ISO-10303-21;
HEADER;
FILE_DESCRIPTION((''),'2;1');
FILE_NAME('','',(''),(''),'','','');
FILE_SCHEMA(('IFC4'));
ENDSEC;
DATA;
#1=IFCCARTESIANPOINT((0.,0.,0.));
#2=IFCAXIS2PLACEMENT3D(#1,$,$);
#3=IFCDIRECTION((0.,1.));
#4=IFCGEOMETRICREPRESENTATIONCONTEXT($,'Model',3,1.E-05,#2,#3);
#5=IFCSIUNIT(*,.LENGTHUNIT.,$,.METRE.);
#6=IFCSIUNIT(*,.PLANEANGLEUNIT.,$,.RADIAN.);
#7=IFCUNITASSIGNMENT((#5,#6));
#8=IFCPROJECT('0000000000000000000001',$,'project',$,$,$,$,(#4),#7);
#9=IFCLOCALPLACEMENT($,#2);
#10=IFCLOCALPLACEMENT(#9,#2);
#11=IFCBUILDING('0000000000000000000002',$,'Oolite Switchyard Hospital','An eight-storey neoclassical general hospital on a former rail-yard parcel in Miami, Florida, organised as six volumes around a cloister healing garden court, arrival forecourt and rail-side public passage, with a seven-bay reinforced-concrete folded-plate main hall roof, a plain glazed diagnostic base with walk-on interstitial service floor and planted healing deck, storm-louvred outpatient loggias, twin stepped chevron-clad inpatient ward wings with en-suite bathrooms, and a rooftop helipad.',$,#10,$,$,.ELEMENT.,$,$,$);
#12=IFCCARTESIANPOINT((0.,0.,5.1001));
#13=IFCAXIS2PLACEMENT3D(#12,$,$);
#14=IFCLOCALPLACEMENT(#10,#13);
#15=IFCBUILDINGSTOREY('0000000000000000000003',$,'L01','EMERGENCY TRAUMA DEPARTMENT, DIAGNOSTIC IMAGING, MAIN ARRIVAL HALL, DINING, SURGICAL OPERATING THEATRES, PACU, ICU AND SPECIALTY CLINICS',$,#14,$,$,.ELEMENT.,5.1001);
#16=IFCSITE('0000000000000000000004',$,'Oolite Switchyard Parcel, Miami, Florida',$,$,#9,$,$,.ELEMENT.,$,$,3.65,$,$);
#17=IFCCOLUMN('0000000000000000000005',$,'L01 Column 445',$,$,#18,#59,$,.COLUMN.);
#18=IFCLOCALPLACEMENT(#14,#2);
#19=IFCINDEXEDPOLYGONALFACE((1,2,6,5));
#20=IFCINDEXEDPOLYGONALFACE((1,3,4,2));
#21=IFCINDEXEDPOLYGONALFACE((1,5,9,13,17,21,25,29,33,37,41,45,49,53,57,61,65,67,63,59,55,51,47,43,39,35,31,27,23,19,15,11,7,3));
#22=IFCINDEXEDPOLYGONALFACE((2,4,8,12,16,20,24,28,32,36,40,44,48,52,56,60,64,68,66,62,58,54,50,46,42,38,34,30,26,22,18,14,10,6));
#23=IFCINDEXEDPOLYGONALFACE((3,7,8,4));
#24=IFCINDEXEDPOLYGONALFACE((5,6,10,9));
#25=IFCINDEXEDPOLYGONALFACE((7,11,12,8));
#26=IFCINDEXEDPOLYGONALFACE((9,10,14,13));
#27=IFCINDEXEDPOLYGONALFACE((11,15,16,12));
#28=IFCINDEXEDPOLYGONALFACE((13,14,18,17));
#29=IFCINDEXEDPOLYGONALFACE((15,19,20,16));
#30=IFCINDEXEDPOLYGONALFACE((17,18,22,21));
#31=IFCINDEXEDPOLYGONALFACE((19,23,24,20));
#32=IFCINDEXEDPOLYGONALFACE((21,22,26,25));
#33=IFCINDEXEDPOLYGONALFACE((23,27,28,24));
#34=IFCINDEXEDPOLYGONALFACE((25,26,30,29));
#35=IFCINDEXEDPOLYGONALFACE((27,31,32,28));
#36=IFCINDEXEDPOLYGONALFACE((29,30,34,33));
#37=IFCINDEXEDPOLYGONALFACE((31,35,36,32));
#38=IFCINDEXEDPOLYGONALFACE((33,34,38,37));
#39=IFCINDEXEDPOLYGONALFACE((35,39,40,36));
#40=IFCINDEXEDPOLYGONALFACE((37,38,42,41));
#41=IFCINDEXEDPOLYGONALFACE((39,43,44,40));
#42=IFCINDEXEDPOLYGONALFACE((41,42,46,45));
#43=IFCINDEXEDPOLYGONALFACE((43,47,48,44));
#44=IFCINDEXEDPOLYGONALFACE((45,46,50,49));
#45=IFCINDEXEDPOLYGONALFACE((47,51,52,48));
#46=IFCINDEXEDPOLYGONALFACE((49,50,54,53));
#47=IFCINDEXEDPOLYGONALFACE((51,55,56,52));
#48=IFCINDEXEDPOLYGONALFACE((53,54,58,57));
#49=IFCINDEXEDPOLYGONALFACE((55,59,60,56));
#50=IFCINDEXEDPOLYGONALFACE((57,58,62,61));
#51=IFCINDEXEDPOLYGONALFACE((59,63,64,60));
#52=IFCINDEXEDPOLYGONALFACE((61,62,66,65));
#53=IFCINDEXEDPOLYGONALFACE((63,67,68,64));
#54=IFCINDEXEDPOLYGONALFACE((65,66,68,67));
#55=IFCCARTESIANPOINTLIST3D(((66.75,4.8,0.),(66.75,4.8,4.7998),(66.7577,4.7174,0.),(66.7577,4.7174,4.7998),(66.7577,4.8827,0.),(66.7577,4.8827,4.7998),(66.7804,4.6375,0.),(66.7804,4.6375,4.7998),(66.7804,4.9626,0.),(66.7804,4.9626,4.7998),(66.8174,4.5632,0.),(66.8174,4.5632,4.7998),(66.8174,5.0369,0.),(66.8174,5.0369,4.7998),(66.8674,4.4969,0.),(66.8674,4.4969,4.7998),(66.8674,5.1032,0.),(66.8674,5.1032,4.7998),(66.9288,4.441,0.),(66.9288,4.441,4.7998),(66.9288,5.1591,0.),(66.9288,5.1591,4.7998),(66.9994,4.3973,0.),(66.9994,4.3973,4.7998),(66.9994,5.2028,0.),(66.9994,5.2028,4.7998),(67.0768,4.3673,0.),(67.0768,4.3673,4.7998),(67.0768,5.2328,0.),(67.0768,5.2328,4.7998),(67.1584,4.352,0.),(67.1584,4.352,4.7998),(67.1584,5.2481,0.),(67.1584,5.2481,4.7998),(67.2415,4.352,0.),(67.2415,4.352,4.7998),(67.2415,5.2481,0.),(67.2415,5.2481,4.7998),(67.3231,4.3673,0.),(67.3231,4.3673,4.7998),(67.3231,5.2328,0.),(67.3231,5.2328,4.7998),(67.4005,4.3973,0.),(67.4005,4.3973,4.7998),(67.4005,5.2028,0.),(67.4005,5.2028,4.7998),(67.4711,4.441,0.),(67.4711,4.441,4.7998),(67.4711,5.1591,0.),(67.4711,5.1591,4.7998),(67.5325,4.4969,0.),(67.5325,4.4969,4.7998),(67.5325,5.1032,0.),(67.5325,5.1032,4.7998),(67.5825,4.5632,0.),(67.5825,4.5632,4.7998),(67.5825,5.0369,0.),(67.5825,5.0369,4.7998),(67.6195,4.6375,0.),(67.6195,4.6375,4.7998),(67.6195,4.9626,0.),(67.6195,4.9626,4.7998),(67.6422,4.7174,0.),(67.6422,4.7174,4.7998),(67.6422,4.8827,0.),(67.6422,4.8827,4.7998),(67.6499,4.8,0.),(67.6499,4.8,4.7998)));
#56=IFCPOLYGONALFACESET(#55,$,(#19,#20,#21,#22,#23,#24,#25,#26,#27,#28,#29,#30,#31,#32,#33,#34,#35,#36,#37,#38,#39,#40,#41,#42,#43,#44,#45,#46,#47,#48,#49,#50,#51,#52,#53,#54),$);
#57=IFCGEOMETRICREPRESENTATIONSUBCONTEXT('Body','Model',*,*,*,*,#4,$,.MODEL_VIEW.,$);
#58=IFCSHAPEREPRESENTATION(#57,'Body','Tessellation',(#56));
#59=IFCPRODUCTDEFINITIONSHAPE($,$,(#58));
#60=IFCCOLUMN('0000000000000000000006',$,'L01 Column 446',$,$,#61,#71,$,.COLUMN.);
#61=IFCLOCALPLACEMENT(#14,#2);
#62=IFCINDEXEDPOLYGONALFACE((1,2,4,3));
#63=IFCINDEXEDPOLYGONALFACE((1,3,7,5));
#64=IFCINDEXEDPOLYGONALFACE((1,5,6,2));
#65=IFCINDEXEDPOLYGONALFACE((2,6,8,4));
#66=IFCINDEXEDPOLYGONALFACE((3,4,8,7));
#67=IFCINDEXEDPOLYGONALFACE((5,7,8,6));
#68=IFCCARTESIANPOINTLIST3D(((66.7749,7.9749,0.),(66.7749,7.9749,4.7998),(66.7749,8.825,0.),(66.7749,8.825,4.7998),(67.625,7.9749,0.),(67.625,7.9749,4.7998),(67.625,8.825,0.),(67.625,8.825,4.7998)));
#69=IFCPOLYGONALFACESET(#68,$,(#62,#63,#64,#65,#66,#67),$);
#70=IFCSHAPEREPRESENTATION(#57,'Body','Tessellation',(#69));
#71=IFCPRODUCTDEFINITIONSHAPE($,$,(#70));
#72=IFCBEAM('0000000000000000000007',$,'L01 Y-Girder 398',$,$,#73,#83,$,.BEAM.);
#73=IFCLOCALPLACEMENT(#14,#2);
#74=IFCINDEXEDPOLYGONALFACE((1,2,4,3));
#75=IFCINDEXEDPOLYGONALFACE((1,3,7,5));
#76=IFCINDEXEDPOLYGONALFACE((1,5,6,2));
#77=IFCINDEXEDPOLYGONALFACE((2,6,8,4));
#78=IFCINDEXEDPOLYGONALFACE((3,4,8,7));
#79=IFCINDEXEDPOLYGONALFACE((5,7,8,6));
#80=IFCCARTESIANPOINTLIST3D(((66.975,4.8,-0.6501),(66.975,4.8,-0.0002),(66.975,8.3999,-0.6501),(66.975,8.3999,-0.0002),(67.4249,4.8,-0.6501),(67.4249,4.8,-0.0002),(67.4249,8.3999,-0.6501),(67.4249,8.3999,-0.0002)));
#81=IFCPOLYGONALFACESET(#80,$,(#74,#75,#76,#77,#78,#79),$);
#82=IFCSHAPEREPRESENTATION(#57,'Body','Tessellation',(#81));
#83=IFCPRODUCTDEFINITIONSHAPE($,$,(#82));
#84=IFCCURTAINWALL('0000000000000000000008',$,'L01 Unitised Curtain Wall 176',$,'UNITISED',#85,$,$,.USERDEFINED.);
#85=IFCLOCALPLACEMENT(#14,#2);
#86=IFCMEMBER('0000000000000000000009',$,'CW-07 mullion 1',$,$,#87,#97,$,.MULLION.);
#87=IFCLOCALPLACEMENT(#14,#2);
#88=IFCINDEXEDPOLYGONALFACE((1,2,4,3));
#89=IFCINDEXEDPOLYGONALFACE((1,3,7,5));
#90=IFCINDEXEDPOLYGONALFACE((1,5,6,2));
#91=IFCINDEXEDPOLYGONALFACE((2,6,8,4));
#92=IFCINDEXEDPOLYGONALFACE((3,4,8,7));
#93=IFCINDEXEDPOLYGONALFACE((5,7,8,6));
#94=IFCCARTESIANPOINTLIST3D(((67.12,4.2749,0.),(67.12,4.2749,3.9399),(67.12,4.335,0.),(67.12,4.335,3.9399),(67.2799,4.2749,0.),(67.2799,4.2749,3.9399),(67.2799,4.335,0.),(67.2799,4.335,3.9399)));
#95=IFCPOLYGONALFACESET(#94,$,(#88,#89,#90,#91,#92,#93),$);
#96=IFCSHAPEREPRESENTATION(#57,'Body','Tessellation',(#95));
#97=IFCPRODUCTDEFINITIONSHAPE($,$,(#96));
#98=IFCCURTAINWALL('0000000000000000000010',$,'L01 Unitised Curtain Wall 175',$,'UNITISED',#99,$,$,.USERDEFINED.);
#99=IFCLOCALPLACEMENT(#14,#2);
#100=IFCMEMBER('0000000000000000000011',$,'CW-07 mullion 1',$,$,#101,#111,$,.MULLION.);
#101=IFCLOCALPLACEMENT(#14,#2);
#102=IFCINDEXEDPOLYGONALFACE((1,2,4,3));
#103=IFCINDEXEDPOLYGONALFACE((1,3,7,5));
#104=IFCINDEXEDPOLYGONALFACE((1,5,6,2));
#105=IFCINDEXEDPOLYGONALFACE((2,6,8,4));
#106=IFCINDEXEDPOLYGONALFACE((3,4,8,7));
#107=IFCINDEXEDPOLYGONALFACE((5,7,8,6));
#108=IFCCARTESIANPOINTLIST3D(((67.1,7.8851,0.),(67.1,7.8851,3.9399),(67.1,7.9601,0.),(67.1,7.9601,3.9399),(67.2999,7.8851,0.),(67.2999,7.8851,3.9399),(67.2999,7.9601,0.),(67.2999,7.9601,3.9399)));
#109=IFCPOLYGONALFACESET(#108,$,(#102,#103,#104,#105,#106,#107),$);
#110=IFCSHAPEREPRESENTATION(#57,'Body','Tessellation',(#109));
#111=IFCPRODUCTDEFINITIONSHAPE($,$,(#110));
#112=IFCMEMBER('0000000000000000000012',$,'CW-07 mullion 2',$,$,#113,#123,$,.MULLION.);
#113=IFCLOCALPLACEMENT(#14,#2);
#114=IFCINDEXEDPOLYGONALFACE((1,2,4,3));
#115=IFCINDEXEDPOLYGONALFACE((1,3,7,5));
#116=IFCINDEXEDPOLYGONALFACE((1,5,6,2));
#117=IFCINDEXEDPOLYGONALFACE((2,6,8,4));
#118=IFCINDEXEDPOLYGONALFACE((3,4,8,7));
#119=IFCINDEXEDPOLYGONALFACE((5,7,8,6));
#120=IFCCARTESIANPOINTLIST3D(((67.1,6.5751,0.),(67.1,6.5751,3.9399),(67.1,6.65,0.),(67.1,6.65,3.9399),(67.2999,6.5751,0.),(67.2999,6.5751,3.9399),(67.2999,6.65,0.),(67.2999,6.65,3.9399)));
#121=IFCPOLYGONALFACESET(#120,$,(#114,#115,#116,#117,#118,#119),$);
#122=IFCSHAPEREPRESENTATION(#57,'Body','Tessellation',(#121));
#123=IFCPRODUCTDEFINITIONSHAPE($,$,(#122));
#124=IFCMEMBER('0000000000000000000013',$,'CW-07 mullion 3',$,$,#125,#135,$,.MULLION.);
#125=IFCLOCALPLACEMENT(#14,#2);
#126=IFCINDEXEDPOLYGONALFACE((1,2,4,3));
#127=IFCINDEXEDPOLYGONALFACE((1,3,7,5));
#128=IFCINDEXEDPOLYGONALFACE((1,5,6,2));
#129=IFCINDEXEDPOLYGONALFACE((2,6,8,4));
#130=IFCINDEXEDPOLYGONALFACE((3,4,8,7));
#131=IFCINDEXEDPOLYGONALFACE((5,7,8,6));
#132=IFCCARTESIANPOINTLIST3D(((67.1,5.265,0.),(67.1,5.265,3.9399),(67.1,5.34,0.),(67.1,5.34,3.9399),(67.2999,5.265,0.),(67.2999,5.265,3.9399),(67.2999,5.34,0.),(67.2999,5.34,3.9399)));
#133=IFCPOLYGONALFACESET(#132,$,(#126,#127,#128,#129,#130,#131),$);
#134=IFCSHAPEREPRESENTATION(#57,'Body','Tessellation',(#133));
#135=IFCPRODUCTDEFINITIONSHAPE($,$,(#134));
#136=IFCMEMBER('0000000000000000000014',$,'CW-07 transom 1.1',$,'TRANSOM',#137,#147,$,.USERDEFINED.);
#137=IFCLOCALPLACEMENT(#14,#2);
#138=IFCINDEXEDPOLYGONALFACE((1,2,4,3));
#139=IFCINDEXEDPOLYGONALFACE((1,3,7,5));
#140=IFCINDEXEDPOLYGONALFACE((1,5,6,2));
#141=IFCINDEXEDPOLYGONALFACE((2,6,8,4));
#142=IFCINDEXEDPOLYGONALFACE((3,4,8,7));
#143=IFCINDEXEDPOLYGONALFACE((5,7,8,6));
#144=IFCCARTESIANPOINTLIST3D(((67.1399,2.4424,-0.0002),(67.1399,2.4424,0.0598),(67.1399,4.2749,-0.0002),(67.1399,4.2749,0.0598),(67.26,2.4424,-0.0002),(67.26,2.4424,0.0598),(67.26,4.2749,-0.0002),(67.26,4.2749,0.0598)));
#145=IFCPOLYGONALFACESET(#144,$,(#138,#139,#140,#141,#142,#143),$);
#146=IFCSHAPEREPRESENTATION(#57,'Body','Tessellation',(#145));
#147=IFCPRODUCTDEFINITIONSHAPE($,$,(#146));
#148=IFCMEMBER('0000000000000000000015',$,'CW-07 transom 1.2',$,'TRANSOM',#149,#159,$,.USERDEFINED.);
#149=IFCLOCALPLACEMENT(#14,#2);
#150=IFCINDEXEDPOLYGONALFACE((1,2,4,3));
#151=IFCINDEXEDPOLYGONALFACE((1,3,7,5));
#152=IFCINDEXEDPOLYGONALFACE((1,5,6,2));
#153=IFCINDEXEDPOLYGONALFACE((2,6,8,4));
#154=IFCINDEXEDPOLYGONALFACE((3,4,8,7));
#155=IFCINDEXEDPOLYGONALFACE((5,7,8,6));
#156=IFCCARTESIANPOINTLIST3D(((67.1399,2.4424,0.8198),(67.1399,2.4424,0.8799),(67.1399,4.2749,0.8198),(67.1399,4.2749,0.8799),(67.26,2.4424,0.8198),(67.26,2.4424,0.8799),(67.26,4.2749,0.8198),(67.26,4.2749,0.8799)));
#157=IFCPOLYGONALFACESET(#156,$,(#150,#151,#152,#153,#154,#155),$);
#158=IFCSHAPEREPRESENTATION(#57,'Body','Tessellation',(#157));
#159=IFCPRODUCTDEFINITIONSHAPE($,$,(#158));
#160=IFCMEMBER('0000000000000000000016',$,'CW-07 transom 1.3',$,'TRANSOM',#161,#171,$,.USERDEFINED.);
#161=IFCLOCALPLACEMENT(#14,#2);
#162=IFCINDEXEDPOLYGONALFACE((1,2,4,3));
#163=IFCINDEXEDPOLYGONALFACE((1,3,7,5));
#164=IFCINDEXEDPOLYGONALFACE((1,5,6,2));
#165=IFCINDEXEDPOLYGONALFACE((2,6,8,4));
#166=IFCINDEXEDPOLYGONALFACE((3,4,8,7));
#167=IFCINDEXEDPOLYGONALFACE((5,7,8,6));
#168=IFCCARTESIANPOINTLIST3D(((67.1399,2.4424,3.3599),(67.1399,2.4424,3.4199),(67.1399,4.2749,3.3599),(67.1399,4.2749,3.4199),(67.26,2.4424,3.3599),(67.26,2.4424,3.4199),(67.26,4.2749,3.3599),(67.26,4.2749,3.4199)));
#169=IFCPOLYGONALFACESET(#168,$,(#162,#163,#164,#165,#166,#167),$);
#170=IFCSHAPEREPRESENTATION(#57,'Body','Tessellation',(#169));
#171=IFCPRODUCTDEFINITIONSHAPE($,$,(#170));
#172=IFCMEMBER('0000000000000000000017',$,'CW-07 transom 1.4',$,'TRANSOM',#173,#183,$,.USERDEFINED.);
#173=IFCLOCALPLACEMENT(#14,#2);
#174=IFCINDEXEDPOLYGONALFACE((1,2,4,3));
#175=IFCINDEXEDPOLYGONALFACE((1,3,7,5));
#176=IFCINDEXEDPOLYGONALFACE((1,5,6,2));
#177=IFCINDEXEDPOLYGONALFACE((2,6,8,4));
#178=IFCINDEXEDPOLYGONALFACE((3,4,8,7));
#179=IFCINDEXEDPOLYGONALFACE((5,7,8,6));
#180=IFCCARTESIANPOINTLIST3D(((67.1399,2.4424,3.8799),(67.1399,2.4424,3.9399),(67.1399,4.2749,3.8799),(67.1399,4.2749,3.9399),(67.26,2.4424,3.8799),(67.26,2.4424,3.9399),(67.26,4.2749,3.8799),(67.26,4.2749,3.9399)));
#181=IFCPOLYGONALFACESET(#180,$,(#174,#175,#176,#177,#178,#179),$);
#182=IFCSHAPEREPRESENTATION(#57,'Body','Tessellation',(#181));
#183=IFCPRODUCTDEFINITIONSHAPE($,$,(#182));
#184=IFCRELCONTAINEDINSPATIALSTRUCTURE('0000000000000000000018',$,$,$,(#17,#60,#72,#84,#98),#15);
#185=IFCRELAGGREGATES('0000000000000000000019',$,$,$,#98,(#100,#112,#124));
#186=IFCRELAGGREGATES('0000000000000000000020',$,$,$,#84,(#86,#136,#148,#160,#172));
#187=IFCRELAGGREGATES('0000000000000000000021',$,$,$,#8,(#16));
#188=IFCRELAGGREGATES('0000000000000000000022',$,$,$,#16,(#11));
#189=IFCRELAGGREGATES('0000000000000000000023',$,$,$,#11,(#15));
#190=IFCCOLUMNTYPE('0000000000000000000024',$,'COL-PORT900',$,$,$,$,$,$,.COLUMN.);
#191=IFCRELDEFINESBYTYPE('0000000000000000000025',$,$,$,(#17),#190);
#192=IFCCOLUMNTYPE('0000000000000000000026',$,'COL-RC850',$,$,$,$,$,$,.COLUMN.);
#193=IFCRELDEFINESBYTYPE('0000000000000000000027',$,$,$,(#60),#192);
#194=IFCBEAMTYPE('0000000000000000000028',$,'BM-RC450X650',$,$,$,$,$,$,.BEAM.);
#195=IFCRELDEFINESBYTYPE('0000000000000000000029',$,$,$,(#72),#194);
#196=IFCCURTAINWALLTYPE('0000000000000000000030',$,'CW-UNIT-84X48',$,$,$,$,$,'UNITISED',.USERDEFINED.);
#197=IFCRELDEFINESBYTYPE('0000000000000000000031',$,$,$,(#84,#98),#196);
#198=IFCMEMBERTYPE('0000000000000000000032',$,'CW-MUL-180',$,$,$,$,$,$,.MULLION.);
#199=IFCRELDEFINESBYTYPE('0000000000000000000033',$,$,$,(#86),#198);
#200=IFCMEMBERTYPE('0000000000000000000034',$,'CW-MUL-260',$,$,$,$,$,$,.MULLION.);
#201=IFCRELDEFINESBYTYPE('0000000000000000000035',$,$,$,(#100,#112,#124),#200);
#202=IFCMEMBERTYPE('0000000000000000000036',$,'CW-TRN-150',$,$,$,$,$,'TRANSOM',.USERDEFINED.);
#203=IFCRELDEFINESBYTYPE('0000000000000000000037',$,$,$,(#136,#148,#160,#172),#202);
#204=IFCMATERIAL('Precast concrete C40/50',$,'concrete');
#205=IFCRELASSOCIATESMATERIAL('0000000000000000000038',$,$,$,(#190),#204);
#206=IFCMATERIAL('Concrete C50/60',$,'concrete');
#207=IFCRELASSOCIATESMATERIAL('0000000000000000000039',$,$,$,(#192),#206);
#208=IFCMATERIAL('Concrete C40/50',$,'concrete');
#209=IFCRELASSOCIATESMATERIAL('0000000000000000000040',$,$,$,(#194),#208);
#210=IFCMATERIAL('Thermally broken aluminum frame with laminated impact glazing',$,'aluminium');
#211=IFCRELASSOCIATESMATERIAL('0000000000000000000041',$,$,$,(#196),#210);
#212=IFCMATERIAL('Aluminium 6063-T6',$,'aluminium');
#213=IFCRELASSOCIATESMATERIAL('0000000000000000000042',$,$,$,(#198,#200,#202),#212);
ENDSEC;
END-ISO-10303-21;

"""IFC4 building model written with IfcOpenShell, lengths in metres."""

from ifc_helpers import new_model, si_unit, direction, frame, origin, origin_2d, place, context, subcontext, project, spatial, rectangle, circle, extrude, material, material_profile, profile_set, type_object, element, aggregate, save


model = new_model("IFC4")

# Units and contexts
model_context = context("Model", 3, precision=1e-05, world=origin(), true_north=direction((0.0, 1.0)))
body_context = subcontext(model_context, "Body", "Model", "MODEL_VIEW")
ifc_project = project(units=[si_unit("LENGTHUNIT", "METRE"), si_unit("PLANEANGLEUNIT", "RADIAN")], contexts=[model_context])

# Site, building, storey
site_placement = place(None, origin())
site = spatial("IfcSite", under=ifc_project, at=site_placement, Name="Oolite Switchyard Parcel, Miami, Florida", CompositionType="ELEMENT", RefElevation=3.65)
building_placement = place(site_placement, origin())
building = spatial("IfcBuilding", under=site, at=building_placement, Name="Oolite Switchyard Hospital", Description="An eight-storey neoclassical general hospital on a former rail-yard parcel in Miami, Florida, organised as six volumes around a cloister healing garden court, arrival forecourt and rail-side public passage, with a seven-bay reinforced-concrete folded-plate main hall roof, a plain glazed diagnostic base with walk-on interstitial service floor and planted healing deck, storm-louvred outpatient loggias, twin stepped chevron-clad inpatient ward wings with en-suite bathrooms, and a rooftop helipad.", CompositionType="ELEMENT")
storey_placement = place(building_placement, frame((0.0, 0.0, 5.1001)))
storey = spatial("IfcBuildingStorey", under=building, at=storey_placement, Name="L01", Description="EMERGENCY TRAUMA DEPARTMENT, DIAGNOSTIC IMAGING, MAIN ARRIVAL HALL, DINING, SURGICAL OPERATING THEATRES, PACU, ICU AND SPECIALTY CLINICS", CompositionType="ELEMENT", Elevation=5.1001)

# Columns
ifc_material_1 = material(Name="Precast concrete C40/50", Category="concrete")
ifc_material_profile_1 = material_profile(ifc_material_1, circle(Radius=0.45, at=origin_2d()), Name="RCCOL900")
ifc_profile_set_1 = profile_set([ifc_material_profile_1], Name="Precast concrete C40/50")
column_type_1 = type_object("IfcColumnType", Name="COL-PORT900", PredefinedType="COLUMN", material=ifc_profile_set_1)
column_1_placement = place(storey_placement, frame((67.2, 4.8, 0.0), z_axis=(0.0, 0.0, 1.0), x_axis=(1.0, 0.0, 0.0)))
element("IfcColumn", 1, at=column_1_placement, inside=storey, type_object=column_type_1, Name="L01 Column 445", PredefinedType="COLUMN", context=body_context, shape_type="SweptSolid", body=[
    extrude(circle(Radius=0.45, at=origin_2d()), origin(), (0.0, 0.0, 1.0), 4.7998),
])
ifc_material_2 = material(Name="Concrete C50/60", Category="concrete")
ifc_material_profile_2 = material_profile(ifc_material_2, rectangle(XDim=0.8501, YDim=0.8501, at=origin_2d()), Name="RC850X850")
ifc_profile_set_2 = profile_set([ifc_material_profile_2], Name="Concrete C50/60")
column_type_2 = type_object("IfcColumnType", Name="COL-RC850", PredefinedType="COLUMN", material=ifc_profile_set_2)
column_2_placement = place(storey_placement, frame((67.2, 8.3999, 0.0), z_axis=(0.0, 0.0, 1.0), x_axis=(1.0, 0.0, 0.0)))
element("IfcColumn", 2, at=column_2_placement, inside=storey, type_object=column_type_2, Name="L01 Column 446", PredefinedType="COLUMN", context=body_context, shape_type="SweptSolid", body=[
    extrude(rectangle(XDim=0.8501, YDim=0.8501, at=origin_2d()), origin(), (0.0, 0.0, 1.0), 4.7998),
])

# Beam
ifc_material_3 = material(Name="Concrete C40/50", Category="concrete")
ifc_material_profile_3 = material_profile(ifc_material_3, rectangle(XDim=0.45, YDim=0.6499, at=origin_2d()), Name="RCB450X650")
ifc_profile_set_3 = profile_set([ifc_material_profile_3], Name="Concrete C40/50")
beam_type = type_object("IfcBeamType", Name="BM-RC450X650", PredefinedType="BEAM", material=ifc_profile_set_3)
beam_placement = place(storey_placement, frame((67.2, 4.8, -0.3252), z_axis=(0.0, 1.0, 0.0), x_axis=(-1.0, 0.0, 0.0)))
element("IfcBeam", 3, at=beam_placement, inside=storey, type_object=beam_type, Name="L01 Y-Girder 398", PredefinedType="BEAM", context=body_context, shape_type="SweptSolid", body=[
    extrude(rectangle(XDim=0.45, YDim=0.6499, at=origin_2d()), origin(), (0.0, 0.0, 1.0), 3.5999),
])

# Curtain wall, member
ifc_material_4 = material(Name="Thermally broken aluminum frame with laminated impact glazing", Category="aluminium")
curtain_wall_type = type_object("IfcCurtainWallType", Name="CW-UNIT-84X48", ElementType="UNITISED", PredefinedType="USERDEFINED", material=ifc_material_4)
curtain_wall_1_placement = place(storey_placement, origin())
curtain_wall_1 = element("IfcCurtainWall", 4, at=curtain_wall_1_placement, inside=storey, type_object=curtain_wall_type, Name="L01 Unitised Curtain Wall 176", ObjectType="UNITISED", PredefinedType="USERDEFINED")
ifc_material_5 = material(Name="Aluminium 6063-T6", Category="aluminium")
ifc_material_profile_4 = material_profile(ifc_material_5, rectangle(XDim=0.1599, YDim=0.0601, at=origin_2d()), Name="CWM60X160")
ifc_profile_set_4 = profile_set([ifc_material_profile_4], Name="Aluminium 6063-T6")
member_type_1 = type_object("IfcMemberType", Name="CW-MUL-180", PredefinedType="MULLION", material=ifc_profile_set_4)
member_1_placement = place(storey_placement, frame((67.2, 4.3049, 0.0), z_axis=(0.0, 0.0, 1.0), x_axis=(1.0, 0.0, 0.0)))
member_1 = element("IfcMember", 5, at=member_1_placement, type_object=member_type_1, Name="CW-07 mullion 1", PredefinedType="MULLION", context=body_context, shape_type="SweptSolid", body=[
    extrude(rectangle(XDim=0.1599, YDim=0.0601, at=origin_2d()), origin(), (0.0, 0.0, 1.0), 3.9399),
])

# Curtain wall, members
curtain_wall_2_placement = place(storey_placement, origin())
curtain_wall_2 = element("IfcCurtainWall", 6, at=curtain_wall_2_placement, inside=storey, type_object=curtain_wall_type, Name="L01 Unitised Curtain Wall 175", ObjectType="UNITISED", PredefinedType="USERDEFINED")
ifc_material_profile_5 = material_profile(ifc_material_5, rectangle(XDim=0.2, YDim=0.075, at=origin_2d()), Name="CWM75X200")
ifc_profile_set_5 = profile_set([ifc_material_profile_5], Name="Aluminium 6063-T6")
member_type_2 = type_object("IfcMemberType", Name="CW-MUL-260", PredefinedType="MULLION", material=ifc_profile_set_5)
member_2_placement = place(storey_placement, frame((67.2, 7.9226, 0.0), z_axis=(0.0, 0.0, 1.0), x_axis=(1.0, 0.0, 0.0)))
member_2 = element("IfcMember", 7, at=member_2_placement, type_object=member_type_2, Name="CW-07 mullion 1", PredefinedType="MULLION", context=body_context, shape_type="SweptSolid", body=[
    extrude(rectangle(XDim=0.2, YDim=0.075, at=origin_2d()), origin(), (0.0, 0.0, 1.0), 3.9399),
])
member_3_placement = place(storey_placement, frame((67.2, 6.6125, 0.0), z_axis=(0.0, 0.0, 1.0), x_axis=(1.0, 0.0, 0.0)))
member_3 = element("IfcMember", 8, at=member_3_placement, type_object=member_type_2, Name="CW-07 mullion 2", PredefinedType="MULLION", context=body_context, shape_type="SweptSolid", body=[
    extrude(rectangle(XDim=0.2, YDim=0.075, at=origin_2d()), origin(), (0.0, 0.0, 1.0), 3.9399),
])
member_4_placement = place(storey_placement, frame((67.2, 5.3025, 0.0), z_axis=(0.0, 0.0, 1.0), x_axis=(1.0, 0.0, 0.0)))
member_4 = element("IfcMember", 9, at=member_4_placement, type_object=member_type_2, Name="CW-07 mullion 3", PredefinedType="MULLION", context=body_context, shape_type="SweptSolid", body=[
    extrude(rectangle(XDim=0.2, YDim=0.075, at=origin_2d()), origin(), (0.0, 0.0, 1.0), 3.9399),
])

# Members
ifc_material_profile_6 = material_profile(ifc_material_5, rectangle(XDim=0.1201, YDim=0.0601, at=origin_2d()), Name="CWT60X120")
ifc_profile_set_6 = profile_set([ifc_material_profile_6], Name="Aluminium 6063-T6")
member_type_3 = type_object("IfcMemberType", Name="CW-TRN-150", ElementType="TRANSOM", PredefinedType="USERDEFINED", material=ifc_profile_set_6)
member_5_placement = place(storey_placement, frame((67.2, 4.2749, 0.0298), z_axis=(0.0, -1.0, 0.0), x_axis=(1.0, 0.0, 0.0)))
member_5 = element("IfcMember", 10, at=member_5_placement, type_object=member_type_3, Name="CW-07 transom 1.1", ObjectType="TRANSOM", PredefinedType="USERDEFINED", context=body_context, shape_type="SweptSolid", body=[
    extrude(rectangle(XDim=0.1201, YDim=0.0601, at=origin_2d()), origin(), (0.0, 0.0, 1.0), 1.8325),
])
member_6_placement = place(storey_placement, frame((67.2, 4.2749, 0.8499), z_axis=(0.0, -1.0, 0.0), x_axis=(1.0, 0.0, 0.0)))
member_6 = element("IfcMember", 11, at=member_6_placement, type_object=member_type_3, Name="CW-07 transom 1.2", ObjectType="TRANSOM", PredefinedType="USERDEFINED", context=body_context, shape_type="SweptSolid", body=[
    extrude(rectangle(XDim=0.1201, YDim=0.0601, at=origin_2d()), origin(), (0.0, 0.0, 1.0), 1.8325),
])
member_7_placement = place(storey_placement, frame((67.2, 4.2749, 3.3899), z_axis=(0.0, -1.0, 0.0), x_axis=(1.0, 0.0, 0.0)))
member_7 = element("IfcMember", 12, at=member_7_placement, type_object=member_type_3, Name="CW-07 transom 1.3", ObjectType="TRANSOM", PredefinedType="USERDEFINED", context=body_context, shape_type="SweptSolid", body=[
    extrude(rectangle(XDim=0.1201, YDim=0.0601, at=origin_2d()), origin(), (0.0, 0.0, 1.0), 1.8325),
])
member_8_placement = place(storey_placement, frame((67.2, 4.2749, 3.9099), z_axis=(0.0, -1.0, 0.0), x_axis=(1.0, 0.0, 0.0)))
member_8 = element("IfcMember", 13, at=member_8_placement, type_object=member_type_3, Name="CW-07 transom 1.4", ObjectType="TRANSOM", PredefinedType="USERDEFINED", context=body_context, shape_type="SweptSolid", body=[
    extrude(rectangle(XDim=0.1201, YDim=0.0601, at=origin_2d()), origin(), (0.0, 0.0, 1.0), 1.8325),
])

aggregate(curtain_wall_2, [member_2, member_3, member_4])
aggregate(curtain_wall_1, [member_1, member_5, member_6, member_7, member_8])

save(model, "model.ifc")
